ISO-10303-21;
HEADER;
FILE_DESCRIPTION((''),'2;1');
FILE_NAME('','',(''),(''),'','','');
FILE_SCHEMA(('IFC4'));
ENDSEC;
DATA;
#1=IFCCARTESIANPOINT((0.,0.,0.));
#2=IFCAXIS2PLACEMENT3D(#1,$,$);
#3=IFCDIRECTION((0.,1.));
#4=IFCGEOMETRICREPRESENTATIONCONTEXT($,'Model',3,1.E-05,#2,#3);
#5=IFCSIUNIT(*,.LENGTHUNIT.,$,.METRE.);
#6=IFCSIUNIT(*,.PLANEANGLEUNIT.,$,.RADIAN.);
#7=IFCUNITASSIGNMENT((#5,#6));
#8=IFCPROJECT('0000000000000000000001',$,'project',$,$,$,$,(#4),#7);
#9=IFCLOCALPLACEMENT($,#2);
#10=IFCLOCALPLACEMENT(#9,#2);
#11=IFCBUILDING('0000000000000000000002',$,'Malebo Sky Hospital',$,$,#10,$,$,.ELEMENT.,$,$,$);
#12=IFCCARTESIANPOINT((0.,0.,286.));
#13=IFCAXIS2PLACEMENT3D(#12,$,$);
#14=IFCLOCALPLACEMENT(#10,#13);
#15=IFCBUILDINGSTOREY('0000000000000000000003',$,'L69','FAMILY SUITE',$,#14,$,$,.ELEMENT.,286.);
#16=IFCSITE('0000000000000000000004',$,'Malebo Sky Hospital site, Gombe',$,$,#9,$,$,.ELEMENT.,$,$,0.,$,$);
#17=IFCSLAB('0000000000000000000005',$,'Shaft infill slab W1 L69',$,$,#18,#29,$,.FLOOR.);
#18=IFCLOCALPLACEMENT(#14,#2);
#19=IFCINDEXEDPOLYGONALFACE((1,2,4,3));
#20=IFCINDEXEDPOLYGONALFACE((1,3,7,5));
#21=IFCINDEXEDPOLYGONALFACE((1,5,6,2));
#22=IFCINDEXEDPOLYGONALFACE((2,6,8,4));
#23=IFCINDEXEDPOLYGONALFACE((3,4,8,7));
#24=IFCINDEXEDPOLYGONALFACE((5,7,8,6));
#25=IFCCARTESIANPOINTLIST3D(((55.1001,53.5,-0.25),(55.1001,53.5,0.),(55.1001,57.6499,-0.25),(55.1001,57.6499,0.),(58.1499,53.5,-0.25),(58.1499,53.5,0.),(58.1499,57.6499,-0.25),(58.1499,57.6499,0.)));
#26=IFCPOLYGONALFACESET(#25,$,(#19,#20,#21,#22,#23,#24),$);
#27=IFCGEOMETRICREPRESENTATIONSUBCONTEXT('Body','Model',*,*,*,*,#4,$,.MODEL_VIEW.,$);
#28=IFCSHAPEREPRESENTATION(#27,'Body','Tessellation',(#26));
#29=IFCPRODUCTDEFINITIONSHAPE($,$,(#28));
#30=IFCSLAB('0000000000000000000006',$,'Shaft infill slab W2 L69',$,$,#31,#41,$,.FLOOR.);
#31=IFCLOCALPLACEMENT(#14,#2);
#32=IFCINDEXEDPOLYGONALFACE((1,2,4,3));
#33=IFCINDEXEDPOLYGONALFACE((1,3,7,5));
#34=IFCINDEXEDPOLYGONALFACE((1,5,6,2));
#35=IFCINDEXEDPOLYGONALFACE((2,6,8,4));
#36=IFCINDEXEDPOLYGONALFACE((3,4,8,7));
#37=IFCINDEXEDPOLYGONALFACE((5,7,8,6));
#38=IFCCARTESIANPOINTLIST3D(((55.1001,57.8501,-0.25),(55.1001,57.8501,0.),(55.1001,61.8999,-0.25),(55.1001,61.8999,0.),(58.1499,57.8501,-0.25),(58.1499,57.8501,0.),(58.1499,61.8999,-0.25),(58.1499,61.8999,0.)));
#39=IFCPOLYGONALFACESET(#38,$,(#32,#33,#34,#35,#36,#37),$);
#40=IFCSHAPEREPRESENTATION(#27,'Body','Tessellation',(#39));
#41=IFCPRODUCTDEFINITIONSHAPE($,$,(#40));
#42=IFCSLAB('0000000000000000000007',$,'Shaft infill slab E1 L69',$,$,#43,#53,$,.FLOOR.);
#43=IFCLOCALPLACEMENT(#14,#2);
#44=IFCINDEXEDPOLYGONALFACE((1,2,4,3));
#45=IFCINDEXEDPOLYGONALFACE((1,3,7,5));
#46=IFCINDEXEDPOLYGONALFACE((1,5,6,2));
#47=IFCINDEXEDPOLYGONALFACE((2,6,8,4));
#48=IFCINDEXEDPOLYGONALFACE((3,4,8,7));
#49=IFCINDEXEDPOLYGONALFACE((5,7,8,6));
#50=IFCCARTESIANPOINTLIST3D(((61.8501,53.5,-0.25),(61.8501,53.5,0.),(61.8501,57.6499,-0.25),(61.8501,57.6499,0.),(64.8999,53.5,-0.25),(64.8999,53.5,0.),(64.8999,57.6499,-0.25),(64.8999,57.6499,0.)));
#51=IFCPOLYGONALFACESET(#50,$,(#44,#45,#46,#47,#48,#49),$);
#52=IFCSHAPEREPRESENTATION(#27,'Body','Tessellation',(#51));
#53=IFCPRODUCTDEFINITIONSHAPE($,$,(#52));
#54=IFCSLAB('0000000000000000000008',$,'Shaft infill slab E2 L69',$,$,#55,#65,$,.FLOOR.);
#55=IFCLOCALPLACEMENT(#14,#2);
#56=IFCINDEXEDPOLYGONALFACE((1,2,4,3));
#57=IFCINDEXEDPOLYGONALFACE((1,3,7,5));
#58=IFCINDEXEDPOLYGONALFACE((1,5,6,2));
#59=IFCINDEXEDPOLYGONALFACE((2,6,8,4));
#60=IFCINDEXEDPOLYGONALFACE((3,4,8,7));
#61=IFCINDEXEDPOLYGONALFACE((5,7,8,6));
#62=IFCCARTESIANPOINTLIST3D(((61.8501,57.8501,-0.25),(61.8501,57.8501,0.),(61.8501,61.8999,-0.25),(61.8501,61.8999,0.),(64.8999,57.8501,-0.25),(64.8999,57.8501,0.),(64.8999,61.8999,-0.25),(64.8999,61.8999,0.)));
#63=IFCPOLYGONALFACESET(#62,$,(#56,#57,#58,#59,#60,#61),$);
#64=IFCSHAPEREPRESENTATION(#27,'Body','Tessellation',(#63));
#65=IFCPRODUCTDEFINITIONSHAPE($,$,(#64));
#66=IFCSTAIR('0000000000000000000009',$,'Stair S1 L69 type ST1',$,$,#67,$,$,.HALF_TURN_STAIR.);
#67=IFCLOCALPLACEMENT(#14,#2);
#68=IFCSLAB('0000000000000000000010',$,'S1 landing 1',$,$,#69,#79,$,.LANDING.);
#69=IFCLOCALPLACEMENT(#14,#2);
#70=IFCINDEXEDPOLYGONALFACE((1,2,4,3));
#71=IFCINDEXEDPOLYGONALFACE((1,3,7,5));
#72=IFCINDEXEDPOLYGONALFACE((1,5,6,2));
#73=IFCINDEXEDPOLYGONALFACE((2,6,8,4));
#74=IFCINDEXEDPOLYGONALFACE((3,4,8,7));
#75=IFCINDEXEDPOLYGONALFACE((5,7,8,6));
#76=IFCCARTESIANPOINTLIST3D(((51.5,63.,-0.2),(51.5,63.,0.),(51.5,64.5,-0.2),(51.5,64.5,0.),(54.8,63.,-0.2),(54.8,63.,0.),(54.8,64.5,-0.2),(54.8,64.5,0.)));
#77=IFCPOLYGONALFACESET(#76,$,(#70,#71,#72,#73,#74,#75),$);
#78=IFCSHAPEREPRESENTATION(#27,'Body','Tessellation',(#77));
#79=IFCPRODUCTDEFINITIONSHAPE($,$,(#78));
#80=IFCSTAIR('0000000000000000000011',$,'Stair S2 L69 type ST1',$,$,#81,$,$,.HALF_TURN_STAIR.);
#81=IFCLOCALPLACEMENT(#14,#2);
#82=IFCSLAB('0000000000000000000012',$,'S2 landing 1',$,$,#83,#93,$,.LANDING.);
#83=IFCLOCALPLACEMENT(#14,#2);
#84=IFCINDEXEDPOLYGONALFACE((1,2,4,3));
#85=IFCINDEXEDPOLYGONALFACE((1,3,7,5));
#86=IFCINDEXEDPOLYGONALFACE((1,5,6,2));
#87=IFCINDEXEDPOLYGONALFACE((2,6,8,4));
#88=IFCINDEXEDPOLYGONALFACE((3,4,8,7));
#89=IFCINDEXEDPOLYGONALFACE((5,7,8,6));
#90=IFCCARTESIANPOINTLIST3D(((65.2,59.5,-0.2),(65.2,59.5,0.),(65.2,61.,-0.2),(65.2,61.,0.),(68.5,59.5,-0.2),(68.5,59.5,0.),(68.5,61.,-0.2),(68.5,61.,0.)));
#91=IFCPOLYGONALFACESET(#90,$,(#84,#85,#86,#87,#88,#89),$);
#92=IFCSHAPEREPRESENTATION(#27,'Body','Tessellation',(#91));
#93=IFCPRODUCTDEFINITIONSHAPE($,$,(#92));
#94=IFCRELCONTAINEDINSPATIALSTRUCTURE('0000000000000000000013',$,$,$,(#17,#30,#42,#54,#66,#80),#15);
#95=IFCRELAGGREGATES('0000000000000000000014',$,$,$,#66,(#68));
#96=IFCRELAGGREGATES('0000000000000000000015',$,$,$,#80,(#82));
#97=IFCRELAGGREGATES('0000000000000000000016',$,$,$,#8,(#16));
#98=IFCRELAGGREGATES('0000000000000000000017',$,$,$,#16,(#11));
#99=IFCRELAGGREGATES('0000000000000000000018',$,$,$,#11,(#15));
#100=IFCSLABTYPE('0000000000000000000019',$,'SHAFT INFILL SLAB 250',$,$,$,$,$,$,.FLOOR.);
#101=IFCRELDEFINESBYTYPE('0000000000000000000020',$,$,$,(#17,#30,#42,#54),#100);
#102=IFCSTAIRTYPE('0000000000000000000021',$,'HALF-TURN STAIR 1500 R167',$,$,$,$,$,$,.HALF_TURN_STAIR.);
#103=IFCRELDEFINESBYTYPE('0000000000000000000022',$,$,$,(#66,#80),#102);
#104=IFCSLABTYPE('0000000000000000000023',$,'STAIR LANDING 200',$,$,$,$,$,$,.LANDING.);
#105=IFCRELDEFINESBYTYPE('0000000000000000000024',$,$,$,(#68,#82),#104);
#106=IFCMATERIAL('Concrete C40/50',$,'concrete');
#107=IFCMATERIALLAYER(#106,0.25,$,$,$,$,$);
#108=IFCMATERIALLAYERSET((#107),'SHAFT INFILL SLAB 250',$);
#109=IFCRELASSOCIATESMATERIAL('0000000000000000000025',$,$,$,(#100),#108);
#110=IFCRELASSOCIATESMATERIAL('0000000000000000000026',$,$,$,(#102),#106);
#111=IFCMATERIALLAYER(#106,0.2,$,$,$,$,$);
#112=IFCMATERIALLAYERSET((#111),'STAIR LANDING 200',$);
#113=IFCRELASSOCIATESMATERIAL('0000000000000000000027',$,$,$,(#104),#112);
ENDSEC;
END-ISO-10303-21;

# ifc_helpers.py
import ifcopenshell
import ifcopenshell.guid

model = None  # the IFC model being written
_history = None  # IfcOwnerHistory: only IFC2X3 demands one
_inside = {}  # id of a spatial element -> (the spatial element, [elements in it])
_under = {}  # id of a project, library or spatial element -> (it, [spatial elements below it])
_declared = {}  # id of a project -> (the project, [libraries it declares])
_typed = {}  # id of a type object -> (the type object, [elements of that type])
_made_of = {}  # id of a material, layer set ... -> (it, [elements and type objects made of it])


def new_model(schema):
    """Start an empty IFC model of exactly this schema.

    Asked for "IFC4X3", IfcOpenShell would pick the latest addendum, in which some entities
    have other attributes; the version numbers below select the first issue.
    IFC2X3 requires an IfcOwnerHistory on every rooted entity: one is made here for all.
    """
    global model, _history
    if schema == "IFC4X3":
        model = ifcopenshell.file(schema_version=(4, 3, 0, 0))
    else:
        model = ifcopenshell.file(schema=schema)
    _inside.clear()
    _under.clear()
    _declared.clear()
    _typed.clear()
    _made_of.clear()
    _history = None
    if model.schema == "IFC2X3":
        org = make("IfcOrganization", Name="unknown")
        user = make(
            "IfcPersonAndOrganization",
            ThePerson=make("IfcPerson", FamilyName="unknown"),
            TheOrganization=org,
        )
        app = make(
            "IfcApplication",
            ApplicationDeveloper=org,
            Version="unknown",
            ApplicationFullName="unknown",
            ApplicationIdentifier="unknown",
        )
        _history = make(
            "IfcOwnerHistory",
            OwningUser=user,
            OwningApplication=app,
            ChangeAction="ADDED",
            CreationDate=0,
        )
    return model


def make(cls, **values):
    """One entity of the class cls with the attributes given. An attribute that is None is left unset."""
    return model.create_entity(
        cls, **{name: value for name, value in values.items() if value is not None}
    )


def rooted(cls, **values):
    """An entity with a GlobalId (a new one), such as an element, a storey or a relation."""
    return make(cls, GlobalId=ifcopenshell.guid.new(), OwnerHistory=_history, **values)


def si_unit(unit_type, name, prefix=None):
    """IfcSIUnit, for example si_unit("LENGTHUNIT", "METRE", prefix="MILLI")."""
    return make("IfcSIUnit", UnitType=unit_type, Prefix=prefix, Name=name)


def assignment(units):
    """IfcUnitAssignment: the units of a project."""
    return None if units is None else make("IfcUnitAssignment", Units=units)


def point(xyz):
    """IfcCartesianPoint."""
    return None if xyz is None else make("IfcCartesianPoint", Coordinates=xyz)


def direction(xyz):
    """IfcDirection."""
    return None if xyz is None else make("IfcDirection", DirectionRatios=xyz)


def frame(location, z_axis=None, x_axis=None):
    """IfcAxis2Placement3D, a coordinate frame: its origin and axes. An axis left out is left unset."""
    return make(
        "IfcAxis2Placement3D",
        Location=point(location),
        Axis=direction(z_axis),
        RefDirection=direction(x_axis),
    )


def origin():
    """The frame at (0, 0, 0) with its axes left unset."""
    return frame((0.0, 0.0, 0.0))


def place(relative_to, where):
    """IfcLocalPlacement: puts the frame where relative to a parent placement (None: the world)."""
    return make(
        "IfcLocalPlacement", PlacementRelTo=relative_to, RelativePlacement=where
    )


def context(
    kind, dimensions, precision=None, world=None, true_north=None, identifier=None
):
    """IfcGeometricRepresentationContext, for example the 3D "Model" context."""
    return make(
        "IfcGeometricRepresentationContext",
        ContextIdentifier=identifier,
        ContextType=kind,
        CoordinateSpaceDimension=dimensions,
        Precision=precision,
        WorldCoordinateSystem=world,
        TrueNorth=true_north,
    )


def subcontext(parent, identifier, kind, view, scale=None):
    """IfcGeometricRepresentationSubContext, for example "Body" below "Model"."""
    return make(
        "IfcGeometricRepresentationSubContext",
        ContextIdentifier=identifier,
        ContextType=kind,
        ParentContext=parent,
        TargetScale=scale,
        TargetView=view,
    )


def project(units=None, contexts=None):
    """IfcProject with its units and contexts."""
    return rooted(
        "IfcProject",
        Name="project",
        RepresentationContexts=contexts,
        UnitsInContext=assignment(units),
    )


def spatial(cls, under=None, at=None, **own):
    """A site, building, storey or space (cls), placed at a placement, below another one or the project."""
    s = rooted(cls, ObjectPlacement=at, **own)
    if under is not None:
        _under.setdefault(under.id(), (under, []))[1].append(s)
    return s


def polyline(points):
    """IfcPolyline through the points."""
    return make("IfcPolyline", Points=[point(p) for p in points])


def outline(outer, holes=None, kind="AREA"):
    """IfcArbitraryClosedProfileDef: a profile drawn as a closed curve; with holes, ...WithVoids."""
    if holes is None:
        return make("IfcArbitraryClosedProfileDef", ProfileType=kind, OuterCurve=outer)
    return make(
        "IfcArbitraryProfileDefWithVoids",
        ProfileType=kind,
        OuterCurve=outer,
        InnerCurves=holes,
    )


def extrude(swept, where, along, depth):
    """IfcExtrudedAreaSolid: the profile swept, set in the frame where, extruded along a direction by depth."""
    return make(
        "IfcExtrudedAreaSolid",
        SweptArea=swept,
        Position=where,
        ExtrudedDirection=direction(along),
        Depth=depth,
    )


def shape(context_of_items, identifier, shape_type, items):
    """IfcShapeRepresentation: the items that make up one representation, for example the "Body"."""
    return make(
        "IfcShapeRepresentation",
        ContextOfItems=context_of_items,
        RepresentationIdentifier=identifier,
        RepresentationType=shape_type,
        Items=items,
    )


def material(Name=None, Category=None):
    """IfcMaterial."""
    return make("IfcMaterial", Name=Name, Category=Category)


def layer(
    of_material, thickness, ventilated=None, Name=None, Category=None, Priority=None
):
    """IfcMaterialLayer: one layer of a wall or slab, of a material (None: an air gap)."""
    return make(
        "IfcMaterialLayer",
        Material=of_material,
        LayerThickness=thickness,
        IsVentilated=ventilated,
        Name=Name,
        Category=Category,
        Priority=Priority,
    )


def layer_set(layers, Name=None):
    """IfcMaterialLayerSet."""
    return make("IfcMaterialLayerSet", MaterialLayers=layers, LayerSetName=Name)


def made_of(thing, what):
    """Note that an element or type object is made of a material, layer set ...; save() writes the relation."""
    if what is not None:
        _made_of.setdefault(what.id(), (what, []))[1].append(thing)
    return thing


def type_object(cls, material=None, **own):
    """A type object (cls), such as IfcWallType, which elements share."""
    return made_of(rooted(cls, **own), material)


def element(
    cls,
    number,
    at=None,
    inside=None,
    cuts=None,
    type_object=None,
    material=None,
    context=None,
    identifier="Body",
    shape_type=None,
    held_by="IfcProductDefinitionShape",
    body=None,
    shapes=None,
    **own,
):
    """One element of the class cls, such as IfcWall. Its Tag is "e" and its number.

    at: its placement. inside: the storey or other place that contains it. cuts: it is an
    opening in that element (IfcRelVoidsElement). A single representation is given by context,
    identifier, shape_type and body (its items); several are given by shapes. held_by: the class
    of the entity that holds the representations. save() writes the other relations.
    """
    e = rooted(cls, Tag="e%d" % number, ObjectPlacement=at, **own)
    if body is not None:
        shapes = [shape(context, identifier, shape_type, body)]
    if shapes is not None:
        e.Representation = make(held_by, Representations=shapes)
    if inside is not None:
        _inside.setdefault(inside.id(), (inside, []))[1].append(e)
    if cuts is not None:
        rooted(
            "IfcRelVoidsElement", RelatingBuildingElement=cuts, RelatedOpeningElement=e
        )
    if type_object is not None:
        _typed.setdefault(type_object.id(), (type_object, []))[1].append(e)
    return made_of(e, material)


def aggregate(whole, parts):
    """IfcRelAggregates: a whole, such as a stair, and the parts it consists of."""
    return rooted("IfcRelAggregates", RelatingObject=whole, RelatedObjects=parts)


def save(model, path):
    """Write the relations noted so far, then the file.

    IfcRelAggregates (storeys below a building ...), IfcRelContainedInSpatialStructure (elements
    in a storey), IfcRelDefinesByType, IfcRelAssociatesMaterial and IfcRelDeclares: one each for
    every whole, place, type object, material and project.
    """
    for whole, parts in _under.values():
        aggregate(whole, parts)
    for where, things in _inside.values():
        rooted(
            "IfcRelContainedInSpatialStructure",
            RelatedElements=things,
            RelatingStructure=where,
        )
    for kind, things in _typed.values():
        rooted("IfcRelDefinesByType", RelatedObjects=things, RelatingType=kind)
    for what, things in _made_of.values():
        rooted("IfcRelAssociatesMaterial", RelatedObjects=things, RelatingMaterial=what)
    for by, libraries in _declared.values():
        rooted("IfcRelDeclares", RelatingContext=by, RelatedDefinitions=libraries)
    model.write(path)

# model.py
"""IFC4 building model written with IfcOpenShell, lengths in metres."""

from ifc_helpers import new_model, si_unit, direction, frame, origin, place, context, subcontext, project, spatial, polyline, outline, extrude, material, layer, layer_set, type_object, element, aggregate, save


model = new_model("IFC4")

# Units and contexts
model_context = context("Model", 3, precision=1e-05, world=origin(), true_north=direction((0.0, 1.0)))
body_context = subcontext(model_context, "Body", "Model", "MODEL_VIEW")
ifc_project = project(units=[si_unit("LENGTHUNIT", "METRE"), si_unit("PLANEANGLEUNIT", "RADIAN")], contexts=[model_context])

# Site, building, storey
site_placement = place(None, origin())
site = spatial("IfcSite", under=ifc_project, at=site_placement, Name="Malebo Sky Hospital site, Gombe", CompositionType="ELEMENT", RefElevation=0.0)
building_placement = place(site_placement, origin())
building = spatial("IfcBuilding", under=site, at=building_placement, Name="Malebo Sky Hospital", CompositionType="ELEMENT")
storey_placement = place(building_placement, frame((0.0, 0.0, 286.0)))
storey = spatial("IfcBuildingStorey", under=building, at=storey_placement, Name="L69", Description="FAMILY SUITE", CompositionType="ELEMENT", Elevation=286.0)

# Slabs
ifc_material_1 = material(Name="Concrete C40/50", Category="concrete")
ifc_layer_1 = layer(ifc_material_1, 0.25)
ifc_layer_set_1 = layer_set([ifc_layer_1], Name="SHAFT INFILL SLAB 250")
slab_type_1 = type_object("IfcSlabType", Name="SHAFT INFILL SLAB 250", PredefinedType="FLOOR", material=ifc_layer_set_1)
slab_1_placement = place(storey_placement, frame((0.0, 0.0, -0.25)))
element("IfcSlab", 1, at=slab_1_placement, inside=storey, type_object=slab_type_1, Name="Shaft infill slab W1 L69", PredefinedType="FLOOR", context=body_context, shape_type="SweptSolid", body=[
    extrude(outline(polyline([(55.1001, 53.5), (58.1499, 53.5), (58.1499, 57.6499), (55.1001, 57.6499), (55.1001, 53.5)])), origin(), (0.0, 0.0, 1.0), 0.25),
])
slab_2_placement = place(storey_placement, frame((0.0, 0.0, -0.25)))
element("IfcSlab", 2, at=slab_2_placement, inside=storey, type_object=slab_type_1, Name="Shaft infill slab W2 L69", PredefinedType="FLOOR", context=body_context, shape_type="SweptSolid", body=[
    extrude(outline(polyline([(55.1001, 57.8501), (58.1499, 57.8501), (58.1499, 61.8999), (55.1001, 61.8999), (55.1001, 57.8501)])), origin(), (0.0, 0.0, 1.0), 0.25),
])
slab_3_placement = place(storey_placement, frame((0.0, 0.0, -0.25)))
element("IfcSlab", 3, at=slab_3_placement, inside=storey, type_object=slab_type_1, Name="Shaft infill slab E1 L69", PredefinedType="FLOOR", context=body_context, shape_type="SweptSolid", body=[
    extrude(outline(polyline([(61.8501, 53.5), (64.8999, 53.5), (64.8999, 57.6499), (61.8501, 57.6499), (61.8501, 53.5)])), origin(), (0.0, 0.0, 1.0), 0.25),
])
slab_4_placement = place(storey_placement, frame((0.0, 0.0, -0.25)))
element("IfcSlab", 4, at=slab_4_placement, inside=storey, type_object=slab_type_1, Name="Shaft infill slab E2 L69", PredefinedType="FLOOR", context=body_context, shape_type="SweptSolid", body=[
    extrude(outline(polyline([(61.8501, 57.8501), (64.8999, 57.8501), (64.8999, 61.8999), (61.8501, 61.8999), (61.8501, 57.8501)])), origin(), (0.0, 0.0, 1.0), 0.25),
])

# Stairs, slabs
stair_type = type_object("IfcStairType", Name="HALF-TURN STAIR 1500 R167", PredefinedType="HALF_TURN_STAIR", material=ifc_material_1)
stair_1_placement = place(storey_placement, origin())
stair_1 = element("IfcStair", 5, at=stair_1_placement, inside=storey, type_object=stair_type, Name="Stair S1 L69 type ST1", PredefinedType="HALF_TURN_STAIR")
ifc_layer_2 = layer(ifc_material_1, 0.2)
ifc_layer_set_2 = layer_set([ifc_layer_2], Name="STAIR LANDING 200")
slab_type_2 = type_object("IfcSlabType", Name="STAIR LANDING 200", PredefinedType="LANDING", material=ifc_layer_set_2)
slab_5_placement = place(storey_placement, frame((0.0, 0.0, -0.2)))
slab_5 = element("IfcSlab", 6, at=slab_5_placement, type_object=slab_type_2, Name="S1 landing 1", PredefinedType="LANDING", context=body_context, shape_type="SweptSolid", body=[
    extrude(outline(polyline([(51.5, 63.0), (54.8, 63.0), (54.8, 64.5), (51.5, 64.5), (51.5, 63.0)])), origin(), (0.0, 0.0, 1.0), 0.2),
])
aggregate(stair_1, [slab_5])
stair_2_placement = place(storey_placement, origin())
stair_2 = element("IfcStair", 7, at=stair_2_placement, inside=storey, type_object=stair_type, Name="Stair S2 L69 type ST1", PredefinedType="HALF_TURN_STAIR")
slab_6_placement = place(storey_placement, frame((0.0, 0.0, -0.2)))
slab_6 = element("IfcSlab", 8, at=slab_6_placement, type_object=slab_type_2, Name="S2 landing 1", PredefinedType="LANDING", context=body_context, shape_type="SweptSolid", body=[
    extrude(outline(polyline([(65.2, 59.5), (68.5, 59.5), (68.5, 61.0), (65.2, 61.0), (65.2, 59.5)])), origin(), (0.0, 0.0, 1.0), 0.2),
])
aggregate(stair_2, [slab_6])

save(model, "model.ifc")
